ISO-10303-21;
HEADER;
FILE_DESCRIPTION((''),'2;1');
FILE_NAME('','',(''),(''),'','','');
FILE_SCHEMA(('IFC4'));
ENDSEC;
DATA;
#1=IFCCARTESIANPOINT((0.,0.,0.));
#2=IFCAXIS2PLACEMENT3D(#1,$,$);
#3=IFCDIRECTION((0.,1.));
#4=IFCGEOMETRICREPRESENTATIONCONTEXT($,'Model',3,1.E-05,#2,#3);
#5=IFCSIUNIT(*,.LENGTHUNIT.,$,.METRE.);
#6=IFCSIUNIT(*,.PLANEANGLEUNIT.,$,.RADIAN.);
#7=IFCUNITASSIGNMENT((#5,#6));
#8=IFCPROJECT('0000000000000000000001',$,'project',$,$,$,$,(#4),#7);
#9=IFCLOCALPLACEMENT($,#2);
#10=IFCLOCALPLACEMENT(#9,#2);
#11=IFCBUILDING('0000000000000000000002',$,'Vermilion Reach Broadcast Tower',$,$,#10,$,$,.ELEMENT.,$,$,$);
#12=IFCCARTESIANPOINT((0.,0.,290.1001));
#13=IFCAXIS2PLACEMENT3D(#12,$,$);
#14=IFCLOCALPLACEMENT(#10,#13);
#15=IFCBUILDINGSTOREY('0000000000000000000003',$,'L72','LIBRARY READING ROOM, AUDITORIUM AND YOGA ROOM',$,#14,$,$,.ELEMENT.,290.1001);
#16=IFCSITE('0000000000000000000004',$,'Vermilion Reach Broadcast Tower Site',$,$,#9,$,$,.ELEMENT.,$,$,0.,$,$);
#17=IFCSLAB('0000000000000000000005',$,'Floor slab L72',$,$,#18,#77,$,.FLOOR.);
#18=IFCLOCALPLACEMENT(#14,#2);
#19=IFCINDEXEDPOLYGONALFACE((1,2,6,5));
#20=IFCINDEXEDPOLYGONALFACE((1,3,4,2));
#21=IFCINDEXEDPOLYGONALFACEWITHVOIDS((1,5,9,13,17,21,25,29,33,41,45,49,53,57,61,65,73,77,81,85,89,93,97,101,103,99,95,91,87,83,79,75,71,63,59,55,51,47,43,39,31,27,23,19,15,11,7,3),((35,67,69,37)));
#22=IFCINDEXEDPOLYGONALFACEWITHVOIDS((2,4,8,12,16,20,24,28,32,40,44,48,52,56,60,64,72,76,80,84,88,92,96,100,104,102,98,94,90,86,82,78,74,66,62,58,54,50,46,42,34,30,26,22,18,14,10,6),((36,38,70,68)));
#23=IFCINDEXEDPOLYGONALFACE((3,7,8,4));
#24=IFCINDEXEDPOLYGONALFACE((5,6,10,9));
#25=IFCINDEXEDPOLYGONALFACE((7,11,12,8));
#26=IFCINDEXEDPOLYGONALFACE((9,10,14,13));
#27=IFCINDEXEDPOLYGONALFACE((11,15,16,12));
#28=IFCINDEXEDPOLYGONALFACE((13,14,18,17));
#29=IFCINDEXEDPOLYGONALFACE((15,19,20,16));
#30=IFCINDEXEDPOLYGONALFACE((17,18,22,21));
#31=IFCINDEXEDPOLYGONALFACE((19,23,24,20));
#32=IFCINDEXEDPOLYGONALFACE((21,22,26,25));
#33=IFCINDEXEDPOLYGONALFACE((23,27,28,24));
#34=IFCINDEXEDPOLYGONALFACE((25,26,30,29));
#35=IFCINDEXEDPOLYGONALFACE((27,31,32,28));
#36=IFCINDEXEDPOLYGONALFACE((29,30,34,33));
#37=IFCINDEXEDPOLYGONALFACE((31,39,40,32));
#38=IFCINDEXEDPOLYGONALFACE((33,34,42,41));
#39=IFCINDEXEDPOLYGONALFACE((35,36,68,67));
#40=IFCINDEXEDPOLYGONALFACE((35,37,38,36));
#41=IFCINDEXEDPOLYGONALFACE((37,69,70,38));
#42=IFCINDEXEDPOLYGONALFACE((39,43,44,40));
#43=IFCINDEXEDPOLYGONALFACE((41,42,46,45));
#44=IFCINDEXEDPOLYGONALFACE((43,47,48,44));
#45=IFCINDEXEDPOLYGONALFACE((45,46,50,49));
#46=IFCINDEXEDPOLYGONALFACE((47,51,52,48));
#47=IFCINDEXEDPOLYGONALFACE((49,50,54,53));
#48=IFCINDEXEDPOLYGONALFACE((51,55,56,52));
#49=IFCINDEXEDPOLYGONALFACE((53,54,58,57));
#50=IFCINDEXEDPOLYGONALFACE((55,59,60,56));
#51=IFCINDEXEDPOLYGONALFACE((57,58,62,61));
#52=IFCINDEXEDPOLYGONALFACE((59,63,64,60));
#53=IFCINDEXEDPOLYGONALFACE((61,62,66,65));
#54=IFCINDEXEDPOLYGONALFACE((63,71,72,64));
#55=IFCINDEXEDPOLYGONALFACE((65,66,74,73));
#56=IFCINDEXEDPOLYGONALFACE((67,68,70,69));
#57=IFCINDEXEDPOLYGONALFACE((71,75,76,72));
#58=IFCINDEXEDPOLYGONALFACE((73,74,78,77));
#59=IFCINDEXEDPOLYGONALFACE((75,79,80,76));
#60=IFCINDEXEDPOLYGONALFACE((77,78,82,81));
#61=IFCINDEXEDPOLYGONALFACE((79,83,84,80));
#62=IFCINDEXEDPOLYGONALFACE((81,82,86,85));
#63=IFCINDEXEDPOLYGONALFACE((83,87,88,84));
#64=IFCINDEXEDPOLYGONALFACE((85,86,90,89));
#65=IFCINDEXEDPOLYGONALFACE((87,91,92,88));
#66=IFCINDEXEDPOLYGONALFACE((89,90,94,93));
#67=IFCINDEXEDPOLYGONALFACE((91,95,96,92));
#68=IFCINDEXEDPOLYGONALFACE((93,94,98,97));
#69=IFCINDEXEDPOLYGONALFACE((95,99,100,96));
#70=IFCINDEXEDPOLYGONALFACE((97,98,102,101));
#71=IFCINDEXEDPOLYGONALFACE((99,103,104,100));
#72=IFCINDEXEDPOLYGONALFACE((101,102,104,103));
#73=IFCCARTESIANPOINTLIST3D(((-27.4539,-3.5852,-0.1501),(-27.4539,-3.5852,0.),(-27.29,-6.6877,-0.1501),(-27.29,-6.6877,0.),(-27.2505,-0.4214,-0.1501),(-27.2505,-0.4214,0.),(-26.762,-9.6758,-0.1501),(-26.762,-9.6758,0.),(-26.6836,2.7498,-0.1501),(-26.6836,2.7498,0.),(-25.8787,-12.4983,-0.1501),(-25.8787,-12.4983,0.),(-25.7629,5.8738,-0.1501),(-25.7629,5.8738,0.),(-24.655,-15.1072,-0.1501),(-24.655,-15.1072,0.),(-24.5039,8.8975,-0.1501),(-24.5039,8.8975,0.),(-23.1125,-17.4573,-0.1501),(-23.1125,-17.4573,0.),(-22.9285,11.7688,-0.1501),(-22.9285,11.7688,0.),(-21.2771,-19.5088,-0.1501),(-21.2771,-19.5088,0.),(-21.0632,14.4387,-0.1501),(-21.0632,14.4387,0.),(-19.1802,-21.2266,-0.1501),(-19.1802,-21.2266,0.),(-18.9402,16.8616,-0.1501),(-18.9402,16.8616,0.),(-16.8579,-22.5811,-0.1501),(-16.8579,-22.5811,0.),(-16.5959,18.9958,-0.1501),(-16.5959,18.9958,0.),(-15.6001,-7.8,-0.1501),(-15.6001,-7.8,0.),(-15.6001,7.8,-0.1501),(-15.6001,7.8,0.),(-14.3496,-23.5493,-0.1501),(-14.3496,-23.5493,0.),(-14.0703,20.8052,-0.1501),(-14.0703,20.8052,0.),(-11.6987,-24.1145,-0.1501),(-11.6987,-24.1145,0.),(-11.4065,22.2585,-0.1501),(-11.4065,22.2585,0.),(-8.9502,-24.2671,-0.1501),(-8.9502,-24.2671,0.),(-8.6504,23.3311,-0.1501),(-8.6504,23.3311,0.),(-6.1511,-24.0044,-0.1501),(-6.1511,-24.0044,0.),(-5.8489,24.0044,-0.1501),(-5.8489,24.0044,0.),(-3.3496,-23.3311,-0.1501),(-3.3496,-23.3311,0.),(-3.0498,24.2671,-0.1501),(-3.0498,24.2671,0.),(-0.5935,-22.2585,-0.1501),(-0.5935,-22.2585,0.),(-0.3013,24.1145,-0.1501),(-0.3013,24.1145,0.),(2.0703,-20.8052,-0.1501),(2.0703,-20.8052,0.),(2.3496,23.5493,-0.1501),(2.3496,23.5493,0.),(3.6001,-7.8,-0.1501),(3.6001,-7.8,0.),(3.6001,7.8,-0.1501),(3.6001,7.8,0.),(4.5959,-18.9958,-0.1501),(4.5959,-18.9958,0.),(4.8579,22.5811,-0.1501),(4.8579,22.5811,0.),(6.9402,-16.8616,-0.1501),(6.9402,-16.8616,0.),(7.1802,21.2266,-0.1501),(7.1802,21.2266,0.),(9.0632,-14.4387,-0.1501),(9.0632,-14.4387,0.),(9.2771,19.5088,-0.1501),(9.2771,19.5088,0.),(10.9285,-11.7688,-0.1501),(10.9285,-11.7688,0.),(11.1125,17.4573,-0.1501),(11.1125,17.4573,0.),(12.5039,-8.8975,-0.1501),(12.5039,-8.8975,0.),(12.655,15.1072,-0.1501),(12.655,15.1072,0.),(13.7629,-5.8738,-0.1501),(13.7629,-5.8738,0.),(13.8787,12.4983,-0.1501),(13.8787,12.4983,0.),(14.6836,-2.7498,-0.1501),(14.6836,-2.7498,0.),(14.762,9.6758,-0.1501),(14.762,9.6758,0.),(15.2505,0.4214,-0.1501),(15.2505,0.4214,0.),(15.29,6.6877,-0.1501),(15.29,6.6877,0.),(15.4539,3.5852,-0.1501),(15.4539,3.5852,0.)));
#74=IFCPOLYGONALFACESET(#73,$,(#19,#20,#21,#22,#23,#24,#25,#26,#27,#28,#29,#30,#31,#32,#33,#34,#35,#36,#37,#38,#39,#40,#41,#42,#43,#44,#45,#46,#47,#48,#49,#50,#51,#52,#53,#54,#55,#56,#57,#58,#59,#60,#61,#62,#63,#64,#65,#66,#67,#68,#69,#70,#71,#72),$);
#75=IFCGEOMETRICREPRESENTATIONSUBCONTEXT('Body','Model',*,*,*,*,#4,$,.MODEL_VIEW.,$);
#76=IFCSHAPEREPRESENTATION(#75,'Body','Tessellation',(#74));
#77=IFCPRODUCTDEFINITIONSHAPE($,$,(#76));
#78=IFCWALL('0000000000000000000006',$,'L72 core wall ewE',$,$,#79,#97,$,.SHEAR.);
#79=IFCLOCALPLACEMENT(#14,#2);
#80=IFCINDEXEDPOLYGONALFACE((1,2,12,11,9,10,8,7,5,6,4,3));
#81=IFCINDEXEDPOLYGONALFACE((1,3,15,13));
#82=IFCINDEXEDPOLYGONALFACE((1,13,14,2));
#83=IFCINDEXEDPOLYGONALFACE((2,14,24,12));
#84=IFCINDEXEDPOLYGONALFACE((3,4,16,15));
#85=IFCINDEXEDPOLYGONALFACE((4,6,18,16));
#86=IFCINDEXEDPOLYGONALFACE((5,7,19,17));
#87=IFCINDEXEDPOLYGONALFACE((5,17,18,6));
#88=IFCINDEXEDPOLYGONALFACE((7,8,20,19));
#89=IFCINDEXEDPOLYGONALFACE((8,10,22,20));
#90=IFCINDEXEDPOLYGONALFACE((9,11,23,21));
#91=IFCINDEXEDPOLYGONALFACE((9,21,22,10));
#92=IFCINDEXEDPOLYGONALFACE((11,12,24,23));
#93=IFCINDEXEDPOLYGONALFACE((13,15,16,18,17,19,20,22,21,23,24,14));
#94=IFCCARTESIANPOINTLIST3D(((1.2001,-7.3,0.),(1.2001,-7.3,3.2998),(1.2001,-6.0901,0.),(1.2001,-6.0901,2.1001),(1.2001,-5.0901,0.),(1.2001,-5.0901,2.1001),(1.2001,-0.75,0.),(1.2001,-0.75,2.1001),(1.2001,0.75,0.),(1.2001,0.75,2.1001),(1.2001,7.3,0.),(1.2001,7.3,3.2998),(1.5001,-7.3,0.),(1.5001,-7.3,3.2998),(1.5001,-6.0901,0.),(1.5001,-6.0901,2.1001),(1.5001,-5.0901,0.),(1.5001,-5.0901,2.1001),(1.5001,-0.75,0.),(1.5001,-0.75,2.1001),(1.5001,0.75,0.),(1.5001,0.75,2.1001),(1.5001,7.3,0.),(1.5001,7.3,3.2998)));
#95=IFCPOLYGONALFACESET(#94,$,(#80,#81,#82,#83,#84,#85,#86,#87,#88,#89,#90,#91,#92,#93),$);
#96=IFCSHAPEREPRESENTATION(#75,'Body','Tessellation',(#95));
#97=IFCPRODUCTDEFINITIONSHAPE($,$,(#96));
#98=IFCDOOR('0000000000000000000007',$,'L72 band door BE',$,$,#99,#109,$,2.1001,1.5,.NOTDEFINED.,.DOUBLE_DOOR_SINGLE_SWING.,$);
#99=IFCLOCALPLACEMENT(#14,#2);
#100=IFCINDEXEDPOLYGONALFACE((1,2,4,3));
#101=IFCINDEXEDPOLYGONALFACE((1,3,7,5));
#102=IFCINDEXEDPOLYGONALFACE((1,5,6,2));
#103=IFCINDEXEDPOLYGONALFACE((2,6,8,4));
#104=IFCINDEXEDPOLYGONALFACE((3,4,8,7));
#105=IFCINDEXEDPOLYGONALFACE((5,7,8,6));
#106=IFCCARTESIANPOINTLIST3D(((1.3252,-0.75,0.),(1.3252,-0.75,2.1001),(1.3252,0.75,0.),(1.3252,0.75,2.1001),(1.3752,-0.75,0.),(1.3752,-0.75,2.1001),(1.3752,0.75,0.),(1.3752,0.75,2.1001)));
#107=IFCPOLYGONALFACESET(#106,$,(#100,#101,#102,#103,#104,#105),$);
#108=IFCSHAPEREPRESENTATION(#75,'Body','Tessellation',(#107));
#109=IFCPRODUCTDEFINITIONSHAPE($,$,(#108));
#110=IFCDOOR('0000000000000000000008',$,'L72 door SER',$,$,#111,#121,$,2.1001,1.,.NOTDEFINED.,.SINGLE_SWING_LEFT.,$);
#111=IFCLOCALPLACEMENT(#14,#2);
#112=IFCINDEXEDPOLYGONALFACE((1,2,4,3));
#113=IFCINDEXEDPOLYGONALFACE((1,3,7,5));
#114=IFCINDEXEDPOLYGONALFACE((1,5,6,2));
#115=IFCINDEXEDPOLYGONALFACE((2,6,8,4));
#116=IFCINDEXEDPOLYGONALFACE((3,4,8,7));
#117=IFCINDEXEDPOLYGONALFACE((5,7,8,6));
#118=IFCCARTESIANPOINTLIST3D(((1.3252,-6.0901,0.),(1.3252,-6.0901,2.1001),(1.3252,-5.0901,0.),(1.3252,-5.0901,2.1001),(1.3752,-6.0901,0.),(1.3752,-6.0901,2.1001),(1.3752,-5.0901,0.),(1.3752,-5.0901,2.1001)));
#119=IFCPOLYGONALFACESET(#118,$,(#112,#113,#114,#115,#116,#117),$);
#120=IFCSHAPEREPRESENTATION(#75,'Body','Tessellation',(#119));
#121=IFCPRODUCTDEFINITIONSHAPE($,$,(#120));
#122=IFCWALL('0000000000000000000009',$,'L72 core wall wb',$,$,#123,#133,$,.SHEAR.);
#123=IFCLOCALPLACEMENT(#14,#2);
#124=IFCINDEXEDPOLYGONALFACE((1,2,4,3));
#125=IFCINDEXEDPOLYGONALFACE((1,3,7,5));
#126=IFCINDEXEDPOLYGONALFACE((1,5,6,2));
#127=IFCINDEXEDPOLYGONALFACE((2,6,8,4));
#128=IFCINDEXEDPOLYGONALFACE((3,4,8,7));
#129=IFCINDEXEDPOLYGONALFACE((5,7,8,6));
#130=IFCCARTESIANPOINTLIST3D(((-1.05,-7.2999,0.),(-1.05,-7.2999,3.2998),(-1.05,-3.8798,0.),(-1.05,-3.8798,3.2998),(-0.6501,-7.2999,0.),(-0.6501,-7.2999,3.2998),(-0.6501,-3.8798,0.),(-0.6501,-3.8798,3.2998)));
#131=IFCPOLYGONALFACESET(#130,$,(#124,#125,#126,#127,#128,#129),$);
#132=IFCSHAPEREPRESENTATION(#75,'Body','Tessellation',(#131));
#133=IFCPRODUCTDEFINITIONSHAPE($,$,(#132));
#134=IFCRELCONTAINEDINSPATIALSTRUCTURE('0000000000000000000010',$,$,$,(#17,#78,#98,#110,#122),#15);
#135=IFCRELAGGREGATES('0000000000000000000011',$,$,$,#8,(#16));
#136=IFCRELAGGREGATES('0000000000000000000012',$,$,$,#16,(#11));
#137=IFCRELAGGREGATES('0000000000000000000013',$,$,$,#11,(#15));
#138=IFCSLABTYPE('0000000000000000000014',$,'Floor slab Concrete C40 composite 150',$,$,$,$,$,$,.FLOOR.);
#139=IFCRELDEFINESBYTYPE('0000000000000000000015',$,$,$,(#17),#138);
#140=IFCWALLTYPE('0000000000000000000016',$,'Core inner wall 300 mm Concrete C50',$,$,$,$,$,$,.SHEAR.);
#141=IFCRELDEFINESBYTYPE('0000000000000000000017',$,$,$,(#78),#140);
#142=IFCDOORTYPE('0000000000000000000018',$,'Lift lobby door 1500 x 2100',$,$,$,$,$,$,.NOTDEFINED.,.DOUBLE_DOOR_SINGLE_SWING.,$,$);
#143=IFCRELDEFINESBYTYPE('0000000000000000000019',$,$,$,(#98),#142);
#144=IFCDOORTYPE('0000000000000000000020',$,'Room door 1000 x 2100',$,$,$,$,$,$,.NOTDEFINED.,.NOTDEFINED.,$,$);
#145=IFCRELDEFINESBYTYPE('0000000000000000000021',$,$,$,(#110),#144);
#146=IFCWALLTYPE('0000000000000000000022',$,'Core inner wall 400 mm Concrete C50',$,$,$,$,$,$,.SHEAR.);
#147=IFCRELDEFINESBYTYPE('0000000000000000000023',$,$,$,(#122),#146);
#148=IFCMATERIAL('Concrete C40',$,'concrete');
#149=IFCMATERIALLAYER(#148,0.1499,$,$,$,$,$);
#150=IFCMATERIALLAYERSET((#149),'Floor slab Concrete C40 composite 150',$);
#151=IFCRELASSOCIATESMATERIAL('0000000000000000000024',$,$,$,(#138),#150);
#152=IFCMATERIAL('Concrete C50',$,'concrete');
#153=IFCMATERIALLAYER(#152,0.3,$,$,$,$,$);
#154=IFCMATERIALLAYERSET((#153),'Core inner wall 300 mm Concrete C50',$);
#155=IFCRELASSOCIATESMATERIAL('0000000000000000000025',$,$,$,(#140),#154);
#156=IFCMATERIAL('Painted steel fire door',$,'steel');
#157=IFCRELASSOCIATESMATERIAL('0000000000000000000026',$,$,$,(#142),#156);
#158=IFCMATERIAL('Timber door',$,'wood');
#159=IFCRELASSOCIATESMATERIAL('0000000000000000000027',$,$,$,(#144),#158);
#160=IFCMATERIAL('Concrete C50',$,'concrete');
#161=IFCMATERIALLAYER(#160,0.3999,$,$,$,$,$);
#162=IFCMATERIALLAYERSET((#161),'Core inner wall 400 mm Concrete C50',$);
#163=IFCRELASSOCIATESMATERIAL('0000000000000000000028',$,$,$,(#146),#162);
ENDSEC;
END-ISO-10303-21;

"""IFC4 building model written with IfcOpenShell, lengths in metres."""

from ifc_helpers import new_model, si_unit, direction, frame, frame_2d, origin, place, context, subcontext, project, spatial, polyline, rectangle, outline, extrude, material, layer, layer_set, type_object, element, fill, save


model = new_model("IFC4")

# Units and contexts
model_context = context("Model", 3, precision=1e-05, world=origin(), true_north=direction((0.0, 1.0)))
body_context = subcontext(model_context, "Body", "Model", "MODEL_VIEW")
ifc_project = project(units=[si_unit("LENGTHUNIT", "METRE"), si_unit("PLANEANGLEUNIT", "RADIAN")], contexts=[model_context])

# Site, building, storey
site_placement = place(None, origin())
site = spatial("IfcSite", under=ifc_project, at=site_placement, Name="Vermilion Reach Broadcast Tower Site", CompositionType="ELEMENT", RefElevation=0.0)
building_placement = place(site_placement, origin())
building = spatial("IfcBuilding", under=site, at=building_placement, Name="Vermilion Reach Broadcast Tower", CompositionType="ELEMENT")
storey_placement = place(building_placement, frame((0.0, 0.0, 290.1001)))
storey = spatial("IfcBuildingStorey", under=building, at=storey_placement, Name="L72", Description="LIBRARY READING ROOM, AUDITORIUM AND YOGA ROOM", CompositionType="ELEMENT", Elevation=290.1001)

# Slab
ifc_material_1 = material(Name="Concrete C40", Category="concrete")
ifc_layer_1 = layer(ifc_material_1, 0.1499)
ifc_layer_set_1 = layer_set([ifc_layer_1], Name="Floor slab Concrete C40 composite 150")
slab_type_1 = type_object("IfcSlabType", Name="Floor slab Concrete C40 composite 150", PredefinedType="FLOOR", material=ifc_layer_set_1)
slab_1_placement = place(storey_placement, frame((0.0, 0.0, -0.1501)))
element("IfcSlab", 1, at=slab_1_placement, inside=storey, type_object=slab_type_1, Name="Floor slab L72", PredefinedType="FLOOR", context=body_context, shape_type="SweptSolid", body=[
    extrude(outline(polyline([(4.8579, 22.5811), (2.3496, 23.5493), (-0.3013, 24.1145), (-3.0498, 24.2671), (-5.8489, 24.0044), (-8.6504, 23.3311), (-11.4065, 22.2585), (-14.0703, 20.8052), (-16.5959, 18.9958), (-18.9402, 16.8616), (-21.0632, 14.4387), (-22.9285, 11.7688), (-24.5039, 8.8975), (-25.7629, 5.8738), (-26.6836, 2.7498), (-27.2505, -0.4214), (-27.4539, -3.5852), (-27.29, -6.6877), (-26.762, -9.6758), (-25.8787, -12.4983), (-24.655, -15.1072), (-23.1125, -17.4573), (-21.2771, -19.5088), (-19.1802, -21.2266), (-16.8579, -22.5811), (-14.3496, -23.5493), (-11.6987, -24.1145), (-8.9502, -24.2671), (-6.1511, -24.0044), (-3.3496, -23.3311), (-0.5935, -22.2585), (2.0703, -20.8052), (4.5959, -18.9958), (6.9402, -16.8616), (9.0632, -14.4387), (10.9285, -11.7688), (12.5039, -8.8975), (13.7629, -5.8738), (14.6836, -2.7498), (15.2505, 0.4214), (15.4539, 3.5852), (15.29, 6.6877), (14.762, 9.6758), (13.8787, 12.4983), (12.655, 15.1072), (11.1125, 17.4573), (9.2771, 19.5088), (7.1802, 21.2266), (4.8579, 22.5811)]), holes=[polyline([(-15.6001, -7.8), (3.6001, -7.8), (3.6001, 7.8), (-15.6001, 7.8), (-15.6001, -7.8)])]), origin(), (0.0, 0.0, 1.0), 0.1501),
])

# Wall, openings, doors
ifc_material_2 = material(Name="Concrete C50", Category="concrete")
ifc_layer_2 = layer(ifc_material_2, 0.3)
ifc_layer_set_2 = layer_set([ifc_layer_2], Name="Core inner wall 300 mm Concrete C50")
wall_type_1 = type_object("IfcWallType", Name="Core inner wall 300 mm Concrete C50", PredefinedType="SHEAR", material=ifc_layer_set_2)
wall_1_placement = place(storey_placement, frame((1.3501, -7.3, 0.0), z_axis=(0.0, 0.0, 1.0), x_axis=(0.0, 1.0, 0.0)))
wall_1 = element("IfcWall", 2, at=wall_1_placement, inside=storey, type_object=wall_type_1, Name="L72 core wall ewE", PredefinedType="SHEAR", context=body_context, shape_type="SweptSolid", body=[
    extrude(rectangle(XDim=14.6001, YDim=0.3, at=frame_2d((7.3, 0.0))), origin(), (0.0, 0.0, 1.0), 3.2998),
])
opening_1_placement = place(wall_1_placement, frame((1.21, 0.0, 0.0)))
opening_1 = element("IfcOpeningElement", 3, at=opening_1_placement, cuts=wall_1, PredefinedType="OPENING", context=body_context, shape_type="SweptSolid", body=[
    extrude(rectangle(XDim=1.0, YDim=2.1001, at=frame_2d((0.5, 1.05))), frame((0.0, 0.1599, 0.0), z_axis=(0.0, -1.0, 0.0), x_axis=(1.0, 0.0, 0.0)), (0.0, 0.0, 1.0), 0.3201),
])
opening_2_placement = place(wall_1_placement, frame((6.55, 0.0, 0.0)))
opening_2 = element("IfcOpeningElement", 4, at=opening_2_placement, cuts=wall_1, PredefinedType="OPENING", context=body_context, shape_type="SweptSolid", body=[
    extrude(rectangle(XDim=1.5, YDim=2.1001, at=frame_2d((0.75, 1.05))), frame((0.0, 0.1599, 0.0), z_axis=(0.0, -1.0, 0.0), x_axis=(1.0, 0.0, 0.0)), (0.0, 0.0, 1.0), 0.3201),
])
ifc_material_3 = material(Name="Painted steel fire door", Category="steel")
door_type_1 = type_object("IfcDoorType", Name="Lift lobby door 1500 x 2100", OperationType="DOUBLE_DOOR_SINGLE_SWING", PredefinedType="NOTDEFINED", material=ifc_material_3)
door_1_placement = place(opening_2_placement, origin())
door_1 = element("IfcDoor", 5, at=door_1_placement, inside=storey, type_object=door_type_1, Name="L72 band door BE", OperationType="DOUBLE_DOOR_SINGLE_SWING", OverallHeight=2.1001, OverallWidth=1.5, PredefinedType="NOTDEFINED", context=body_context, shape_type="SweptSolid", body=[
    extrude(rectangle(XDim=1.5, YDim=2.1001, at=frame_2d((0.75, 1.05))), frame((0.0, 0.0249, 0.0), z_axis=(0.0, -1.0, 0.0), x_axis=(1.0, 0.0, 0.0)), (0.0, 0.0, 1.0), 0.05),
])
fill(opening_2, door_1)
ifc_material_4 = material(Name="Timber door", Category="wood")
door_type_2 = type_object("IfcDoorType", Name="Room door 1000 x 2100", OperationType="NOTDEFINED", PredefinedType="NOTDEFINED", material=ifc_material_4)
door_2_placement = place(opening_1_placement, origin())
door_2 = element("IfcDoor", 6, at=door_2_placement, inside=storey, type_object=door_type_2, Name="L72 door SER", OperationType="SINGLE_SWING_LEFT", OverallHeight=2.1001, OverallWidth=1.0, PredefinedType="NOTDEFINED", context=body_context, shape_type="SweptSolid", body=[
    extrude(rectangle(XDim=1.0, YDim=2.1001, at=frame_2d((0.5, 1.05))), frame((0.0, 0.0249, 0.0), z_axis=(0.0, -1.0, 0.0), x_axis=(1.0, 0.0, 0.0)), (0.0, 0.0, 1.0), 0.05),
])
fill(opening_1, door_2)

# Wall
ifc_material_5 = material(Name="Concrete C50", Category="concrete")
ifc_layer_3 = layer(ifc_material_5, 0.3999)
ifc_layer_set_3 = layer_set([ifc_layer_3], Name="Core inner wall 400 mm Concrete C50")
wall_type_2 = type_object("IfcWallType", Name="Core inner wall 400 mm Concrete C50", PredefinedType="SHEAR", material=ifc_layer_set_3)
wall_2_placement = place(storey_placement, frame((-0.8501, -3.8799, 0.0), z_axis=(0.0, 0.0, 1.0), x_axis=(0.0, -1.0, 0.0)))
element("IfcWall", 7, at=wall_2_placement, inside=storey, type_object=wall_type_2, Name="L72 core wall wb", PredefinedType="SHEAR", context=body_context, shape_type="SweptSolid", body=[
    extrude(rectangle(XDim=3.4202, YDim=0.3999, at=frame_2d((1.71, 0.0))), origin(), (0.0, 0.0, 1.0), 3.2998),
])

save(model, "model.ifc")
